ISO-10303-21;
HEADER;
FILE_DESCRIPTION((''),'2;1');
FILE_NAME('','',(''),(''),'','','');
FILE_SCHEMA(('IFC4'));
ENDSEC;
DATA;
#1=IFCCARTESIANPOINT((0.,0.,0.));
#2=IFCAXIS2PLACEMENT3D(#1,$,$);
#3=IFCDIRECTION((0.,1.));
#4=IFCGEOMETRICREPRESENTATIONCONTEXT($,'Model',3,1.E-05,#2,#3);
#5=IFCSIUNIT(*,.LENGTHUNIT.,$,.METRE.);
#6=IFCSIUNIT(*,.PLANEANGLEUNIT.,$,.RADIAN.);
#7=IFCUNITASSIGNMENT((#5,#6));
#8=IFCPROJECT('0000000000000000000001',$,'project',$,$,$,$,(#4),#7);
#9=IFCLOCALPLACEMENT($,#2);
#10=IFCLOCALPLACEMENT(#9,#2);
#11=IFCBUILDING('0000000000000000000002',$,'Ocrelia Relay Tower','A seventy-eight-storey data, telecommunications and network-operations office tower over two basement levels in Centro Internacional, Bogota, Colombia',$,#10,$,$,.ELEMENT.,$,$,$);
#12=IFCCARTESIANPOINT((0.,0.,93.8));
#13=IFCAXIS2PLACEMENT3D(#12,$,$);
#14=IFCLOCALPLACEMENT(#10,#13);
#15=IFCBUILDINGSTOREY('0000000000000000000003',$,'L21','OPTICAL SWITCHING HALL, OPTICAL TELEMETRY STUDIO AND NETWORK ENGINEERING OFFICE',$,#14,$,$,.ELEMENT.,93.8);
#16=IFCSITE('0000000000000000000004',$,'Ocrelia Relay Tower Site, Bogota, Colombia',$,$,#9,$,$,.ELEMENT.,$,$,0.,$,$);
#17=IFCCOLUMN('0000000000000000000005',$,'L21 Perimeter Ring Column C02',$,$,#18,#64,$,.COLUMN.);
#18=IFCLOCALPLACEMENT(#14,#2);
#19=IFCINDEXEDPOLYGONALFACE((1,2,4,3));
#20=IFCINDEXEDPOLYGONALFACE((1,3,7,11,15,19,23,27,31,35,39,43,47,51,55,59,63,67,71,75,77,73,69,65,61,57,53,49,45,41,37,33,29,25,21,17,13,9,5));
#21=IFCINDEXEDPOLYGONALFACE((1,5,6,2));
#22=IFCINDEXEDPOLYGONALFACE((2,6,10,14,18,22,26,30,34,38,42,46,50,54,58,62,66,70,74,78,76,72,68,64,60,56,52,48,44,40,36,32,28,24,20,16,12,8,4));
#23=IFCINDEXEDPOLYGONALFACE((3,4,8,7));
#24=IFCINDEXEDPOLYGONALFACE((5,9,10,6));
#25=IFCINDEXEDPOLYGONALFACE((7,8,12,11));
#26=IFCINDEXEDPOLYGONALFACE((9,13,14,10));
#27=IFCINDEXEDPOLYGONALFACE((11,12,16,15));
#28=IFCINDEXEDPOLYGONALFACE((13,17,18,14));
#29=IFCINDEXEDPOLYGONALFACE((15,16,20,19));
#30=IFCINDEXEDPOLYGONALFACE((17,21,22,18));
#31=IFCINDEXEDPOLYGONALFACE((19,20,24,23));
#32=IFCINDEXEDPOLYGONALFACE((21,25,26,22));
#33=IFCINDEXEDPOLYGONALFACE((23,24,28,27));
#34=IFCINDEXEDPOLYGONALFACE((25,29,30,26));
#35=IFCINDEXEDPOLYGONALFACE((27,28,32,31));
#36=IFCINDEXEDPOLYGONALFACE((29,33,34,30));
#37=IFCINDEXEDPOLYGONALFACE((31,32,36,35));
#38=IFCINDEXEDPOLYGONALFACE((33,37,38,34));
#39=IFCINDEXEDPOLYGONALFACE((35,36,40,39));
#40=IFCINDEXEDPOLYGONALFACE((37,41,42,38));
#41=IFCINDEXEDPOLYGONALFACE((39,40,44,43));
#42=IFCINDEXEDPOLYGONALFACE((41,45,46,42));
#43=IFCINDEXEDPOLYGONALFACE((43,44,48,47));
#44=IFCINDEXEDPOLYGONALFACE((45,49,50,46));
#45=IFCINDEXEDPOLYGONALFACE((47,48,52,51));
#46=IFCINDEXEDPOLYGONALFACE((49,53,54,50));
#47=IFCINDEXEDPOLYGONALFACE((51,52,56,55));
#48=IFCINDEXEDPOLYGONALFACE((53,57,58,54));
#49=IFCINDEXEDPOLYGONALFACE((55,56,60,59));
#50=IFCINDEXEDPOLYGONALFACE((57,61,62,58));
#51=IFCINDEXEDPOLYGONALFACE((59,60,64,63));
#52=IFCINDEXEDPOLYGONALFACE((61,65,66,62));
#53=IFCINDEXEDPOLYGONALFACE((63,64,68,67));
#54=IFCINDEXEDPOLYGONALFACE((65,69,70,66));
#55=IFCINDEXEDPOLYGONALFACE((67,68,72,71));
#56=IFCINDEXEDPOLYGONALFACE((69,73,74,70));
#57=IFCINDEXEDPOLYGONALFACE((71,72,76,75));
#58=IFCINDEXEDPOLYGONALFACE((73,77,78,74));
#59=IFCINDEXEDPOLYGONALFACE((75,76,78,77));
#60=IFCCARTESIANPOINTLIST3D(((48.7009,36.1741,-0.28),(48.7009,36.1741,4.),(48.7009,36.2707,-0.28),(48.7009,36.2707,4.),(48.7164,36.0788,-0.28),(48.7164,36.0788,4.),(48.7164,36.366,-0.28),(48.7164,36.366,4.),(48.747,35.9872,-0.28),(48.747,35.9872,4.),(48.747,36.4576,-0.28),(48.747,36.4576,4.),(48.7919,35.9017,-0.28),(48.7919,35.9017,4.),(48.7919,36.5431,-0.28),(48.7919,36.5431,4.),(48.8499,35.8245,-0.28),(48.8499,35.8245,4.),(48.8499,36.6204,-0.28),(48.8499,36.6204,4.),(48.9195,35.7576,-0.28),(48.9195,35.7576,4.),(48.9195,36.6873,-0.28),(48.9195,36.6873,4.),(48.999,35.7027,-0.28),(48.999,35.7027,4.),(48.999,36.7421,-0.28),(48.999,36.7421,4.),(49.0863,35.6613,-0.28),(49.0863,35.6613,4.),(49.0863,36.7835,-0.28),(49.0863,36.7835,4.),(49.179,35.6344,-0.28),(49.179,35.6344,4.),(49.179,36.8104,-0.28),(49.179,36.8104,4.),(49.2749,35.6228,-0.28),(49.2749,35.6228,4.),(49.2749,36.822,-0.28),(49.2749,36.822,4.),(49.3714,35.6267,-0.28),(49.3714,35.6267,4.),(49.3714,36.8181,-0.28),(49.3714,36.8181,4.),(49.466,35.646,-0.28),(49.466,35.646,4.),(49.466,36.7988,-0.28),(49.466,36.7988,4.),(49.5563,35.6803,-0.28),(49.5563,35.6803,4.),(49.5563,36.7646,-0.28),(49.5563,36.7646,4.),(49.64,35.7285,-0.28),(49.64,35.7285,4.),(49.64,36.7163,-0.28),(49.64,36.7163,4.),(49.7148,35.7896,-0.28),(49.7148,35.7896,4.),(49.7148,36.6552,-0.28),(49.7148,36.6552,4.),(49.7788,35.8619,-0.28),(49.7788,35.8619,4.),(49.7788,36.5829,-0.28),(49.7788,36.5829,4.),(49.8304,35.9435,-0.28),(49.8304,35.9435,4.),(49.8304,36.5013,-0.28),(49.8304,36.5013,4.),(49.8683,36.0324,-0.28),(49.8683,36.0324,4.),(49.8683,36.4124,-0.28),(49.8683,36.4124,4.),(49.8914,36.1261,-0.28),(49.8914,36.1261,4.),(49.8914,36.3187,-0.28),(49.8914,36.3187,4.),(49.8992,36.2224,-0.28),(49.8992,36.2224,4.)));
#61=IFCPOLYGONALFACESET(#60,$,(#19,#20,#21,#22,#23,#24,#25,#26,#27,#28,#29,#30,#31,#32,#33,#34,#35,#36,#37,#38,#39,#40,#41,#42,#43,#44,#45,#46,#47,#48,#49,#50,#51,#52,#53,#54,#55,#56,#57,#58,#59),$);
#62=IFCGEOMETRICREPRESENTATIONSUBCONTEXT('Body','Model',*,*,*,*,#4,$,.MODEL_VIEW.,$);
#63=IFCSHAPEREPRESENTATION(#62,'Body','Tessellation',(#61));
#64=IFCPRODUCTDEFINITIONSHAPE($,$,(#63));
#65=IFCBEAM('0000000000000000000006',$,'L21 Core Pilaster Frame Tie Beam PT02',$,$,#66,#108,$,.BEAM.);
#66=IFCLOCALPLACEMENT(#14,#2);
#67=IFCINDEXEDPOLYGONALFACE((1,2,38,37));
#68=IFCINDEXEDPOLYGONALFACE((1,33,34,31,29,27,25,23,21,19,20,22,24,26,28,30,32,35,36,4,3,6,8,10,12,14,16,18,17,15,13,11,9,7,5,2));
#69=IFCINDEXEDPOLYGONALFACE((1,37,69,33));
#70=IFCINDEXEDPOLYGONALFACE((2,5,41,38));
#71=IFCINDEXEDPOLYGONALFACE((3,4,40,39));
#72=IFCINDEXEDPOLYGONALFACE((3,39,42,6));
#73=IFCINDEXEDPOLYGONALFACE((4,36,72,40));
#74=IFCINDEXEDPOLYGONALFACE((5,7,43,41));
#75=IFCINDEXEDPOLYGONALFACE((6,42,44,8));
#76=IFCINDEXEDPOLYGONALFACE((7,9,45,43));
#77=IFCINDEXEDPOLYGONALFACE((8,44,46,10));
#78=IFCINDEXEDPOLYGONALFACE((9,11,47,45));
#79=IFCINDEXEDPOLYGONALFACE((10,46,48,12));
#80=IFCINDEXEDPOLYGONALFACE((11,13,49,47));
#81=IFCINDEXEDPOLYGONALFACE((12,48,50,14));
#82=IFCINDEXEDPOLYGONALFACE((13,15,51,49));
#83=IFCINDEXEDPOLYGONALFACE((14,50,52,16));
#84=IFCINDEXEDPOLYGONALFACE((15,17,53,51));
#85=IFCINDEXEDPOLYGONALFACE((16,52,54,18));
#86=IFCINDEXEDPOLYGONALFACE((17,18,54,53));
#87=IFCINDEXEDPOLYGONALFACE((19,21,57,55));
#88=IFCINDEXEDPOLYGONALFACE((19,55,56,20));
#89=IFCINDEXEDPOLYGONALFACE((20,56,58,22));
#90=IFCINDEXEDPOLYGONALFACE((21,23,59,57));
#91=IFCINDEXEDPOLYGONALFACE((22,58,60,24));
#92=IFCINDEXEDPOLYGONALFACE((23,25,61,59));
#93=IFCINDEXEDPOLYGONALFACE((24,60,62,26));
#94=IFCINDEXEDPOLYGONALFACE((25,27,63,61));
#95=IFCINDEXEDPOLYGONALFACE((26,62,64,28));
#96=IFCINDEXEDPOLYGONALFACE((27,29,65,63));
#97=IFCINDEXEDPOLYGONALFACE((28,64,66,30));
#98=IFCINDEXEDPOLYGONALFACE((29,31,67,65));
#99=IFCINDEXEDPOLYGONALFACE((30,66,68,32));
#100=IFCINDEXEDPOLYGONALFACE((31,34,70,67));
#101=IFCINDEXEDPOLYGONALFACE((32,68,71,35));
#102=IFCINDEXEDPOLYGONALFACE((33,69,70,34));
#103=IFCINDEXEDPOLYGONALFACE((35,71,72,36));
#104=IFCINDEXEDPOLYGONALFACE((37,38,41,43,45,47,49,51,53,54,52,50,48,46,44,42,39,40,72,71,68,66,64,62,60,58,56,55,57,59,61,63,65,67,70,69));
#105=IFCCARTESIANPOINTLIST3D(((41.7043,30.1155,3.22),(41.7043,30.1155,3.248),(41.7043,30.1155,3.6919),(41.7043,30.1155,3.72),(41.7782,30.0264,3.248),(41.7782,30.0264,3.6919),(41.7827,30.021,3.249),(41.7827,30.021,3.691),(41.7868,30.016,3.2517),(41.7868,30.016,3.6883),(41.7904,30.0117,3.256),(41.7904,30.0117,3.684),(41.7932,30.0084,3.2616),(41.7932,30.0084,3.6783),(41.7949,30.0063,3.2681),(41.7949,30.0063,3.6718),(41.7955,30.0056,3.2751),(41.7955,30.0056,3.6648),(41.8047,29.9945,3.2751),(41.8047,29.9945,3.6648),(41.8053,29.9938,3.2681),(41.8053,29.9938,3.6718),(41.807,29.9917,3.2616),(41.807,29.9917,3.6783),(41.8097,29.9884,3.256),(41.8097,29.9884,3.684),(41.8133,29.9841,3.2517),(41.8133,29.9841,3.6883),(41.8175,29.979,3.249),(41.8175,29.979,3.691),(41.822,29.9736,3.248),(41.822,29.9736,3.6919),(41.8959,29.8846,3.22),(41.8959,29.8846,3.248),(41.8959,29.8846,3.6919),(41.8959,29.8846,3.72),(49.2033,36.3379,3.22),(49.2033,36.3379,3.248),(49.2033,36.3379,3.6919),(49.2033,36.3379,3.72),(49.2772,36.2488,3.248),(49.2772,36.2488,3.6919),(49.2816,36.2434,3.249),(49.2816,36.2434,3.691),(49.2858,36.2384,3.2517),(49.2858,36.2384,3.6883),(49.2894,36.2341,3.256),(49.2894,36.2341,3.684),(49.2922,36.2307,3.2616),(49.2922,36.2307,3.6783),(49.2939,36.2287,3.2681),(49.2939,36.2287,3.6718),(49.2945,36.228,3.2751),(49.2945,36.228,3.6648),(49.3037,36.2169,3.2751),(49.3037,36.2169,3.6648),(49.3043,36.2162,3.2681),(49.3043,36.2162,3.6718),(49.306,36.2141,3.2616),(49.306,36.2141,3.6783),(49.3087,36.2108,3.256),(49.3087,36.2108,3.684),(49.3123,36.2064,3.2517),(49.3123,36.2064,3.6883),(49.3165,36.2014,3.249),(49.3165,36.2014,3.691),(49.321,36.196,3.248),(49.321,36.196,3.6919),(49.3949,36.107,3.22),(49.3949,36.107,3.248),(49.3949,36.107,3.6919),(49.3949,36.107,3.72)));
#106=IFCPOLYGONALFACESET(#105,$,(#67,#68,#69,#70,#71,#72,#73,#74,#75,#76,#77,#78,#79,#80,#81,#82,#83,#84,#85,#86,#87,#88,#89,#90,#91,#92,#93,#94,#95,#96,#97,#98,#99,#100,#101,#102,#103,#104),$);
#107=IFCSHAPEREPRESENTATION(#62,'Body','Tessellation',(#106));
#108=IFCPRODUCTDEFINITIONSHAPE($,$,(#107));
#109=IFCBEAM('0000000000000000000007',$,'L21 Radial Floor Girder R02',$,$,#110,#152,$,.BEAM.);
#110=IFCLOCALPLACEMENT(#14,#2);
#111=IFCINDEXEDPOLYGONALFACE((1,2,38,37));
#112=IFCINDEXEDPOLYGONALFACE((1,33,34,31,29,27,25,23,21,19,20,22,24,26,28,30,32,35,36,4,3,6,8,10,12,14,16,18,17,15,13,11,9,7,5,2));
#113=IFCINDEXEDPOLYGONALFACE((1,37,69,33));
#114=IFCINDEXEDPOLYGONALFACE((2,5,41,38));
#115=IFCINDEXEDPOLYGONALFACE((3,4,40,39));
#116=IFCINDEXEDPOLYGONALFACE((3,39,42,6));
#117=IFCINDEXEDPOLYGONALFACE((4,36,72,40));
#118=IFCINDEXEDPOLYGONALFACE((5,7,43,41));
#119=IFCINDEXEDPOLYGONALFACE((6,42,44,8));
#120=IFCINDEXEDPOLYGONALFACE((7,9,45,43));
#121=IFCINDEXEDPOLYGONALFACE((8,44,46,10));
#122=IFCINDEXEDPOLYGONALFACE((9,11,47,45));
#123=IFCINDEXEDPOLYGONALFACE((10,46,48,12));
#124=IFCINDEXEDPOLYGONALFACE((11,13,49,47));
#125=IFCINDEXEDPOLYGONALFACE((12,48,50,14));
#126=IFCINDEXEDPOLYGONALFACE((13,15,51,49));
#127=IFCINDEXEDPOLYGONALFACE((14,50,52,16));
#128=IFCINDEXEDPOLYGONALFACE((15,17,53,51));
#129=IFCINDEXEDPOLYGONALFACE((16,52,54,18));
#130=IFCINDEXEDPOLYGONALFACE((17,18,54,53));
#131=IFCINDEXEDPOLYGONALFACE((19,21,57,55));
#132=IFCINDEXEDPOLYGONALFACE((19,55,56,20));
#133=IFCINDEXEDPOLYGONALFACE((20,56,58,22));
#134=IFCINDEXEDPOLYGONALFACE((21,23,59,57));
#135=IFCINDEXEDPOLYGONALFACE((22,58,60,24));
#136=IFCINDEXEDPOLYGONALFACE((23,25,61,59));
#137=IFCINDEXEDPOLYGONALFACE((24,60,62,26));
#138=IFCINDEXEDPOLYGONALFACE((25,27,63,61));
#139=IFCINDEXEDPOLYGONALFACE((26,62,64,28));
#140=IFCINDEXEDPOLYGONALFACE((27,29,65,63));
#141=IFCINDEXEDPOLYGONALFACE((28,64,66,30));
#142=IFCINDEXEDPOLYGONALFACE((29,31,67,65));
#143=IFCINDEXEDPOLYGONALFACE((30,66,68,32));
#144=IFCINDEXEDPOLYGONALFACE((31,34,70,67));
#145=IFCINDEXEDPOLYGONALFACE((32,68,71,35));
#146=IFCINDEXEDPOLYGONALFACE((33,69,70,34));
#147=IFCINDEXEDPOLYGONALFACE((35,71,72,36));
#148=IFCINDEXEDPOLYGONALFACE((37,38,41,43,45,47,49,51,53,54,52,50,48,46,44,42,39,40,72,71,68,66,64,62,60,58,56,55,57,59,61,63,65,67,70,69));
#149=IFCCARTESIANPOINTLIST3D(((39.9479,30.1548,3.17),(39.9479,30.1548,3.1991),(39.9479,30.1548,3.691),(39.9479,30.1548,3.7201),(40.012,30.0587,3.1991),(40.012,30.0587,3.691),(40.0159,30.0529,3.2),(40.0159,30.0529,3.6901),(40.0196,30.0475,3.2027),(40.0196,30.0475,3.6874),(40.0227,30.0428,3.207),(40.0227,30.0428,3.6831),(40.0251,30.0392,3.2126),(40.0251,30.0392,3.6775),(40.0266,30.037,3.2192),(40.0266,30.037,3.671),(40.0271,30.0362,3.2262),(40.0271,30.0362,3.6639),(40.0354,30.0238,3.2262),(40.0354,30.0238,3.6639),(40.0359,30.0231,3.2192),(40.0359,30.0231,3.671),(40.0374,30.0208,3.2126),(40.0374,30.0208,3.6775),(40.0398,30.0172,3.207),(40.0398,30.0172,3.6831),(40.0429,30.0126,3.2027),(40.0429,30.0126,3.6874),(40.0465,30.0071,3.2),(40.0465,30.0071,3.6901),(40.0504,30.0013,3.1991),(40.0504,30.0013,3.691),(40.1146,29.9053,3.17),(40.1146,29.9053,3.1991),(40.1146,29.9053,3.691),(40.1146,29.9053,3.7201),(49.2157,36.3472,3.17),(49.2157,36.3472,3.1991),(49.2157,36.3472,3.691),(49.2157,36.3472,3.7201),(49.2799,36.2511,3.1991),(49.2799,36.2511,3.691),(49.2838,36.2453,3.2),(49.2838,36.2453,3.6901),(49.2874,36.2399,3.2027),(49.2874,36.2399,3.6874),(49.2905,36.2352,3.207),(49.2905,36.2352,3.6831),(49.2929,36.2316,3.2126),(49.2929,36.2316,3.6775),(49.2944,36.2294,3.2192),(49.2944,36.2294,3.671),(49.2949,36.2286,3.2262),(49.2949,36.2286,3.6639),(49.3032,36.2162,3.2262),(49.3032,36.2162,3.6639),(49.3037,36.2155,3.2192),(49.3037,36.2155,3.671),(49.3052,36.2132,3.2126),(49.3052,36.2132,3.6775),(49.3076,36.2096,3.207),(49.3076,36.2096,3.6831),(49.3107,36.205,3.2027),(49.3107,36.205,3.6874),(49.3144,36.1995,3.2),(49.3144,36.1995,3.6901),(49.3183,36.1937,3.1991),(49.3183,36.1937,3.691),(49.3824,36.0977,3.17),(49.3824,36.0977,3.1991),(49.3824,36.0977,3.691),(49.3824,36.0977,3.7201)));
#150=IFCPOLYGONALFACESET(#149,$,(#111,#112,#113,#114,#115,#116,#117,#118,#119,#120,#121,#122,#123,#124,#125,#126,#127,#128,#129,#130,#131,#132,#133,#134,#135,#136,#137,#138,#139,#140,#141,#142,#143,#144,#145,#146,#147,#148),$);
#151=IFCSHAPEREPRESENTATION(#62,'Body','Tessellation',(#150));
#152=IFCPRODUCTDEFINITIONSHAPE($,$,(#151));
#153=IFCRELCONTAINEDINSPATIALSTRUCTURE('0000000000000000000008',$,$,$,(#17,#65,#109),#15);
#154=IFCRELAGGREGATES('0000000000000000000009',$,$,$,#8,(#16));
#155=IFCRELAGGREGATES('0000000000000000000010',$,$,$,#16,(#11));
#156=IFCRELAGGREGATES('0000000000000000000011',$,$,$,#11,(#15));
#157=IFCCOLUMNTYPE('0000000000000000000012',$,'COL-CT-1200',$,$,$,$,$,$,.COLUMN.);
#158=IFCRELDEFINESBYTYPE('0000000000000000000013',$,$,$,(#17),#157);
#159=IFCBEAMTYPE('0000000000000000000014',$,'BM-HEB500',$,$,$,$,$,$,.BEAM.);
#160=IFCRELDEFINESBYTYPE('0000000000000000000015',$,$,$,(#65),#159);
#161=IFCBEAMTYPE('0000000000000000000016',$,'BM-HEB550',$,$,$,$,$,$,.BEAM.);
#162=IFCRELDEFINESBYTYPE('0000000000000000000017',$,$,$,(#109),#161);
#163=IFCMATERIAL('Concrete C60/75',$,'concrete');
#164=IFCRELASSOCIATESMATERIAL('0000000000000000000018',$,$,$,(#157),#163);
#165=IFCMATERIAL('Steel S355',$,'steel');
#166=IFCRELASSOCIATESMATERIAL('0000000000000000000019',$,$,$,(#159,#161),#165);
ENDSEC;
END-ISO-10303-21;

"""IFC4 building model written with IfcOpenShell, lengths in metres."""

from ifc_helpers import new_model, si_unit, direction, frame, origin, origin_2d, place, context, subcontext, project, spatial, circle, i_section, extrude, material, material_profile, profile_set, type_object, element, save


model = new_model("IFC4")

# Units and contexts
model_context = context("Model", 3, precision=1e-05, world=origin(), true_north=direction((0.0, 1.0)))
body_context = subcontext(model_context, "Body", "Model", "MODEL_VIEW")
ifc_project = project(units=[si_unit("LENGTHUNIT", "METRE"), si_unit("PLANEANGLEUNIT", "RADIAN")], contexts=[model_context])

# Site, building, storey
site_placement = place(None, origin())
site = spatial("IfcSite", under=ifc_project, at=site_placement, Name="Ocrelia Relay Tower Site, Bogota, Colombia", CompositionType="ELEMENT", RefElevation=0.0)
building_placement = place(site_placement, origin())
building = spatial("IfcBuilding", under=site, at=building_placement, Name="Ocrelia Relay Tower", Description="A seventy-eight-storey data, telecommunications and network-operations office tower over two basement levels in Centro Internacional, Bogota, Colombia", CompositionType="ELEMENT")
storey_placement = place(building_placement, frame((0.0, 0.0, 93.8)))
storey = spatial("IfcBuildingStorey", under=building, at=storey_placement, Name="L21", Description="OPTICAL SWITCHING HALL, OPTICAL TELEMETRY STUDIO AND NETWORK ENGINEERING OFFICE", CompositionType="ELEMENT", Elevation=93.8)

# Column
ifc_material_1 = material(Name="Concrete C60/75", Category="concrete")
ifc_material_profile_1 = material_profile(ifc_material_1, circle(Radius=0.6001, at=origin_2d()), Name="RC-CIR-1200")
ifc_profile_set_1 = profile_set([ifc_material_profile_1], Name="Concrete C60/75")
column_type = type_object("IfcColumnType", Name="COL-CT-1200", PredefinedType="COLUMN", material=ifc_profile_set_1)
column_placement = place(storey_placement, frame((49.2991, 36.2224, -0.28), z_axis=(0.0, 0.0, 1.0), x_axis=(1.0, 0.0, 0.0)))
element("IfcColumn", 1, at=column_placement, inside=storey, type_object=column_type, Name="L21 Perimeter Ring Column C02", PredefinedType="COLUMN", context=body_context, shape_type="SweptSolid", body=[
    extrude(circle(Radius=0.6001, at=origin_2d()), origin(), (0.0, 0.0, 1.0), 4.28),
])

# Beams
ifc_material_2 = material(Name="Steel S355", Category="steel")
ifc_material_profile_2 = material_profile(ifc_material_2, i_section(OverallWidth=0.3, OverallDepth=0.5, WebThickness=0.0144, FlangeThickness=0.0281, FilletRadius=0.0271, at=origin_2d()), Name="HEB 500")
ifc_profile_set_2 = profile_set([ifc_material_profile_2], Name="Steel S355")
beam_type_1 = type_object("IfcBeamType", Name="BM-HEB500", PredefinedType="BEAM", material=ifc_profile_set_2)
beam_1_placement = place(storey_placement, frame((49.2991, 36.2224, 3.47), z_axis=(-0.769571, -0.638561, 0.0), x_axis=(0.638561, -0.769571, 0.0)))
element("IfcBeam", 2, at=beam_1_placement, inside=storey, type_object=beam_type_1, Name="L21 Core Pilaster Frame Tie Beam PT02", PredefinedType="BEAM", context=body_context, shape_type="SweptSolid", body=[
    extrude(i_section(OverallWidth=0.3, OverallDepth=0.5, WebThickness=0.0144, FlangeThickness=0.0281, FilletRadius=0.0271, at=origin_2d()), origin(), (0.0, 0.0, 1.0), 9.7444),
])
ifc_material_profile_3 = material_profile(ifc_material_2, i_section(OverallWidth=0.3, OverallDepth=0.55, WebThickness=0.0149, FlangeThickness=0.0291, FilletRadius=0.0271, at=origin_2d()), Name="HEB 550")
ifc_profile_set_3 = profile_set([ifc_material_profile_3], Name="Steel S355")
beam_type_2 = type_object("IfcBeamType", Name="BM-HEB550", PredefinedType="BEAM", material=ifc_profile_set_3)
beam_2_placement = place(storey_placement, frame((49.2991, 36.2224, 3.4451), z_axis=(-0.831477, -0.555559, 0.0), x_axis=(0.555559, -0.831477, 0.0)))
element("IfcBeam", 3, at=beam_2_placement, inside=storey, type_object=beam_type_2, Name="L21 Radial Floor Girder R02", PredefinedType="BEAM", context=body_context, shape_type="SweptSolid", body=[
    extrude(i_section(OverallWidth=0.3, OverallDepth=0.55, WebThickness=0.0149, FlangeThickness=0.0291, FilletRadius=0.0271, at=origin_2d()), origin(), (0.0, 0.0, 1.0), 11.1462),
])

save(model, "model.ifc")
